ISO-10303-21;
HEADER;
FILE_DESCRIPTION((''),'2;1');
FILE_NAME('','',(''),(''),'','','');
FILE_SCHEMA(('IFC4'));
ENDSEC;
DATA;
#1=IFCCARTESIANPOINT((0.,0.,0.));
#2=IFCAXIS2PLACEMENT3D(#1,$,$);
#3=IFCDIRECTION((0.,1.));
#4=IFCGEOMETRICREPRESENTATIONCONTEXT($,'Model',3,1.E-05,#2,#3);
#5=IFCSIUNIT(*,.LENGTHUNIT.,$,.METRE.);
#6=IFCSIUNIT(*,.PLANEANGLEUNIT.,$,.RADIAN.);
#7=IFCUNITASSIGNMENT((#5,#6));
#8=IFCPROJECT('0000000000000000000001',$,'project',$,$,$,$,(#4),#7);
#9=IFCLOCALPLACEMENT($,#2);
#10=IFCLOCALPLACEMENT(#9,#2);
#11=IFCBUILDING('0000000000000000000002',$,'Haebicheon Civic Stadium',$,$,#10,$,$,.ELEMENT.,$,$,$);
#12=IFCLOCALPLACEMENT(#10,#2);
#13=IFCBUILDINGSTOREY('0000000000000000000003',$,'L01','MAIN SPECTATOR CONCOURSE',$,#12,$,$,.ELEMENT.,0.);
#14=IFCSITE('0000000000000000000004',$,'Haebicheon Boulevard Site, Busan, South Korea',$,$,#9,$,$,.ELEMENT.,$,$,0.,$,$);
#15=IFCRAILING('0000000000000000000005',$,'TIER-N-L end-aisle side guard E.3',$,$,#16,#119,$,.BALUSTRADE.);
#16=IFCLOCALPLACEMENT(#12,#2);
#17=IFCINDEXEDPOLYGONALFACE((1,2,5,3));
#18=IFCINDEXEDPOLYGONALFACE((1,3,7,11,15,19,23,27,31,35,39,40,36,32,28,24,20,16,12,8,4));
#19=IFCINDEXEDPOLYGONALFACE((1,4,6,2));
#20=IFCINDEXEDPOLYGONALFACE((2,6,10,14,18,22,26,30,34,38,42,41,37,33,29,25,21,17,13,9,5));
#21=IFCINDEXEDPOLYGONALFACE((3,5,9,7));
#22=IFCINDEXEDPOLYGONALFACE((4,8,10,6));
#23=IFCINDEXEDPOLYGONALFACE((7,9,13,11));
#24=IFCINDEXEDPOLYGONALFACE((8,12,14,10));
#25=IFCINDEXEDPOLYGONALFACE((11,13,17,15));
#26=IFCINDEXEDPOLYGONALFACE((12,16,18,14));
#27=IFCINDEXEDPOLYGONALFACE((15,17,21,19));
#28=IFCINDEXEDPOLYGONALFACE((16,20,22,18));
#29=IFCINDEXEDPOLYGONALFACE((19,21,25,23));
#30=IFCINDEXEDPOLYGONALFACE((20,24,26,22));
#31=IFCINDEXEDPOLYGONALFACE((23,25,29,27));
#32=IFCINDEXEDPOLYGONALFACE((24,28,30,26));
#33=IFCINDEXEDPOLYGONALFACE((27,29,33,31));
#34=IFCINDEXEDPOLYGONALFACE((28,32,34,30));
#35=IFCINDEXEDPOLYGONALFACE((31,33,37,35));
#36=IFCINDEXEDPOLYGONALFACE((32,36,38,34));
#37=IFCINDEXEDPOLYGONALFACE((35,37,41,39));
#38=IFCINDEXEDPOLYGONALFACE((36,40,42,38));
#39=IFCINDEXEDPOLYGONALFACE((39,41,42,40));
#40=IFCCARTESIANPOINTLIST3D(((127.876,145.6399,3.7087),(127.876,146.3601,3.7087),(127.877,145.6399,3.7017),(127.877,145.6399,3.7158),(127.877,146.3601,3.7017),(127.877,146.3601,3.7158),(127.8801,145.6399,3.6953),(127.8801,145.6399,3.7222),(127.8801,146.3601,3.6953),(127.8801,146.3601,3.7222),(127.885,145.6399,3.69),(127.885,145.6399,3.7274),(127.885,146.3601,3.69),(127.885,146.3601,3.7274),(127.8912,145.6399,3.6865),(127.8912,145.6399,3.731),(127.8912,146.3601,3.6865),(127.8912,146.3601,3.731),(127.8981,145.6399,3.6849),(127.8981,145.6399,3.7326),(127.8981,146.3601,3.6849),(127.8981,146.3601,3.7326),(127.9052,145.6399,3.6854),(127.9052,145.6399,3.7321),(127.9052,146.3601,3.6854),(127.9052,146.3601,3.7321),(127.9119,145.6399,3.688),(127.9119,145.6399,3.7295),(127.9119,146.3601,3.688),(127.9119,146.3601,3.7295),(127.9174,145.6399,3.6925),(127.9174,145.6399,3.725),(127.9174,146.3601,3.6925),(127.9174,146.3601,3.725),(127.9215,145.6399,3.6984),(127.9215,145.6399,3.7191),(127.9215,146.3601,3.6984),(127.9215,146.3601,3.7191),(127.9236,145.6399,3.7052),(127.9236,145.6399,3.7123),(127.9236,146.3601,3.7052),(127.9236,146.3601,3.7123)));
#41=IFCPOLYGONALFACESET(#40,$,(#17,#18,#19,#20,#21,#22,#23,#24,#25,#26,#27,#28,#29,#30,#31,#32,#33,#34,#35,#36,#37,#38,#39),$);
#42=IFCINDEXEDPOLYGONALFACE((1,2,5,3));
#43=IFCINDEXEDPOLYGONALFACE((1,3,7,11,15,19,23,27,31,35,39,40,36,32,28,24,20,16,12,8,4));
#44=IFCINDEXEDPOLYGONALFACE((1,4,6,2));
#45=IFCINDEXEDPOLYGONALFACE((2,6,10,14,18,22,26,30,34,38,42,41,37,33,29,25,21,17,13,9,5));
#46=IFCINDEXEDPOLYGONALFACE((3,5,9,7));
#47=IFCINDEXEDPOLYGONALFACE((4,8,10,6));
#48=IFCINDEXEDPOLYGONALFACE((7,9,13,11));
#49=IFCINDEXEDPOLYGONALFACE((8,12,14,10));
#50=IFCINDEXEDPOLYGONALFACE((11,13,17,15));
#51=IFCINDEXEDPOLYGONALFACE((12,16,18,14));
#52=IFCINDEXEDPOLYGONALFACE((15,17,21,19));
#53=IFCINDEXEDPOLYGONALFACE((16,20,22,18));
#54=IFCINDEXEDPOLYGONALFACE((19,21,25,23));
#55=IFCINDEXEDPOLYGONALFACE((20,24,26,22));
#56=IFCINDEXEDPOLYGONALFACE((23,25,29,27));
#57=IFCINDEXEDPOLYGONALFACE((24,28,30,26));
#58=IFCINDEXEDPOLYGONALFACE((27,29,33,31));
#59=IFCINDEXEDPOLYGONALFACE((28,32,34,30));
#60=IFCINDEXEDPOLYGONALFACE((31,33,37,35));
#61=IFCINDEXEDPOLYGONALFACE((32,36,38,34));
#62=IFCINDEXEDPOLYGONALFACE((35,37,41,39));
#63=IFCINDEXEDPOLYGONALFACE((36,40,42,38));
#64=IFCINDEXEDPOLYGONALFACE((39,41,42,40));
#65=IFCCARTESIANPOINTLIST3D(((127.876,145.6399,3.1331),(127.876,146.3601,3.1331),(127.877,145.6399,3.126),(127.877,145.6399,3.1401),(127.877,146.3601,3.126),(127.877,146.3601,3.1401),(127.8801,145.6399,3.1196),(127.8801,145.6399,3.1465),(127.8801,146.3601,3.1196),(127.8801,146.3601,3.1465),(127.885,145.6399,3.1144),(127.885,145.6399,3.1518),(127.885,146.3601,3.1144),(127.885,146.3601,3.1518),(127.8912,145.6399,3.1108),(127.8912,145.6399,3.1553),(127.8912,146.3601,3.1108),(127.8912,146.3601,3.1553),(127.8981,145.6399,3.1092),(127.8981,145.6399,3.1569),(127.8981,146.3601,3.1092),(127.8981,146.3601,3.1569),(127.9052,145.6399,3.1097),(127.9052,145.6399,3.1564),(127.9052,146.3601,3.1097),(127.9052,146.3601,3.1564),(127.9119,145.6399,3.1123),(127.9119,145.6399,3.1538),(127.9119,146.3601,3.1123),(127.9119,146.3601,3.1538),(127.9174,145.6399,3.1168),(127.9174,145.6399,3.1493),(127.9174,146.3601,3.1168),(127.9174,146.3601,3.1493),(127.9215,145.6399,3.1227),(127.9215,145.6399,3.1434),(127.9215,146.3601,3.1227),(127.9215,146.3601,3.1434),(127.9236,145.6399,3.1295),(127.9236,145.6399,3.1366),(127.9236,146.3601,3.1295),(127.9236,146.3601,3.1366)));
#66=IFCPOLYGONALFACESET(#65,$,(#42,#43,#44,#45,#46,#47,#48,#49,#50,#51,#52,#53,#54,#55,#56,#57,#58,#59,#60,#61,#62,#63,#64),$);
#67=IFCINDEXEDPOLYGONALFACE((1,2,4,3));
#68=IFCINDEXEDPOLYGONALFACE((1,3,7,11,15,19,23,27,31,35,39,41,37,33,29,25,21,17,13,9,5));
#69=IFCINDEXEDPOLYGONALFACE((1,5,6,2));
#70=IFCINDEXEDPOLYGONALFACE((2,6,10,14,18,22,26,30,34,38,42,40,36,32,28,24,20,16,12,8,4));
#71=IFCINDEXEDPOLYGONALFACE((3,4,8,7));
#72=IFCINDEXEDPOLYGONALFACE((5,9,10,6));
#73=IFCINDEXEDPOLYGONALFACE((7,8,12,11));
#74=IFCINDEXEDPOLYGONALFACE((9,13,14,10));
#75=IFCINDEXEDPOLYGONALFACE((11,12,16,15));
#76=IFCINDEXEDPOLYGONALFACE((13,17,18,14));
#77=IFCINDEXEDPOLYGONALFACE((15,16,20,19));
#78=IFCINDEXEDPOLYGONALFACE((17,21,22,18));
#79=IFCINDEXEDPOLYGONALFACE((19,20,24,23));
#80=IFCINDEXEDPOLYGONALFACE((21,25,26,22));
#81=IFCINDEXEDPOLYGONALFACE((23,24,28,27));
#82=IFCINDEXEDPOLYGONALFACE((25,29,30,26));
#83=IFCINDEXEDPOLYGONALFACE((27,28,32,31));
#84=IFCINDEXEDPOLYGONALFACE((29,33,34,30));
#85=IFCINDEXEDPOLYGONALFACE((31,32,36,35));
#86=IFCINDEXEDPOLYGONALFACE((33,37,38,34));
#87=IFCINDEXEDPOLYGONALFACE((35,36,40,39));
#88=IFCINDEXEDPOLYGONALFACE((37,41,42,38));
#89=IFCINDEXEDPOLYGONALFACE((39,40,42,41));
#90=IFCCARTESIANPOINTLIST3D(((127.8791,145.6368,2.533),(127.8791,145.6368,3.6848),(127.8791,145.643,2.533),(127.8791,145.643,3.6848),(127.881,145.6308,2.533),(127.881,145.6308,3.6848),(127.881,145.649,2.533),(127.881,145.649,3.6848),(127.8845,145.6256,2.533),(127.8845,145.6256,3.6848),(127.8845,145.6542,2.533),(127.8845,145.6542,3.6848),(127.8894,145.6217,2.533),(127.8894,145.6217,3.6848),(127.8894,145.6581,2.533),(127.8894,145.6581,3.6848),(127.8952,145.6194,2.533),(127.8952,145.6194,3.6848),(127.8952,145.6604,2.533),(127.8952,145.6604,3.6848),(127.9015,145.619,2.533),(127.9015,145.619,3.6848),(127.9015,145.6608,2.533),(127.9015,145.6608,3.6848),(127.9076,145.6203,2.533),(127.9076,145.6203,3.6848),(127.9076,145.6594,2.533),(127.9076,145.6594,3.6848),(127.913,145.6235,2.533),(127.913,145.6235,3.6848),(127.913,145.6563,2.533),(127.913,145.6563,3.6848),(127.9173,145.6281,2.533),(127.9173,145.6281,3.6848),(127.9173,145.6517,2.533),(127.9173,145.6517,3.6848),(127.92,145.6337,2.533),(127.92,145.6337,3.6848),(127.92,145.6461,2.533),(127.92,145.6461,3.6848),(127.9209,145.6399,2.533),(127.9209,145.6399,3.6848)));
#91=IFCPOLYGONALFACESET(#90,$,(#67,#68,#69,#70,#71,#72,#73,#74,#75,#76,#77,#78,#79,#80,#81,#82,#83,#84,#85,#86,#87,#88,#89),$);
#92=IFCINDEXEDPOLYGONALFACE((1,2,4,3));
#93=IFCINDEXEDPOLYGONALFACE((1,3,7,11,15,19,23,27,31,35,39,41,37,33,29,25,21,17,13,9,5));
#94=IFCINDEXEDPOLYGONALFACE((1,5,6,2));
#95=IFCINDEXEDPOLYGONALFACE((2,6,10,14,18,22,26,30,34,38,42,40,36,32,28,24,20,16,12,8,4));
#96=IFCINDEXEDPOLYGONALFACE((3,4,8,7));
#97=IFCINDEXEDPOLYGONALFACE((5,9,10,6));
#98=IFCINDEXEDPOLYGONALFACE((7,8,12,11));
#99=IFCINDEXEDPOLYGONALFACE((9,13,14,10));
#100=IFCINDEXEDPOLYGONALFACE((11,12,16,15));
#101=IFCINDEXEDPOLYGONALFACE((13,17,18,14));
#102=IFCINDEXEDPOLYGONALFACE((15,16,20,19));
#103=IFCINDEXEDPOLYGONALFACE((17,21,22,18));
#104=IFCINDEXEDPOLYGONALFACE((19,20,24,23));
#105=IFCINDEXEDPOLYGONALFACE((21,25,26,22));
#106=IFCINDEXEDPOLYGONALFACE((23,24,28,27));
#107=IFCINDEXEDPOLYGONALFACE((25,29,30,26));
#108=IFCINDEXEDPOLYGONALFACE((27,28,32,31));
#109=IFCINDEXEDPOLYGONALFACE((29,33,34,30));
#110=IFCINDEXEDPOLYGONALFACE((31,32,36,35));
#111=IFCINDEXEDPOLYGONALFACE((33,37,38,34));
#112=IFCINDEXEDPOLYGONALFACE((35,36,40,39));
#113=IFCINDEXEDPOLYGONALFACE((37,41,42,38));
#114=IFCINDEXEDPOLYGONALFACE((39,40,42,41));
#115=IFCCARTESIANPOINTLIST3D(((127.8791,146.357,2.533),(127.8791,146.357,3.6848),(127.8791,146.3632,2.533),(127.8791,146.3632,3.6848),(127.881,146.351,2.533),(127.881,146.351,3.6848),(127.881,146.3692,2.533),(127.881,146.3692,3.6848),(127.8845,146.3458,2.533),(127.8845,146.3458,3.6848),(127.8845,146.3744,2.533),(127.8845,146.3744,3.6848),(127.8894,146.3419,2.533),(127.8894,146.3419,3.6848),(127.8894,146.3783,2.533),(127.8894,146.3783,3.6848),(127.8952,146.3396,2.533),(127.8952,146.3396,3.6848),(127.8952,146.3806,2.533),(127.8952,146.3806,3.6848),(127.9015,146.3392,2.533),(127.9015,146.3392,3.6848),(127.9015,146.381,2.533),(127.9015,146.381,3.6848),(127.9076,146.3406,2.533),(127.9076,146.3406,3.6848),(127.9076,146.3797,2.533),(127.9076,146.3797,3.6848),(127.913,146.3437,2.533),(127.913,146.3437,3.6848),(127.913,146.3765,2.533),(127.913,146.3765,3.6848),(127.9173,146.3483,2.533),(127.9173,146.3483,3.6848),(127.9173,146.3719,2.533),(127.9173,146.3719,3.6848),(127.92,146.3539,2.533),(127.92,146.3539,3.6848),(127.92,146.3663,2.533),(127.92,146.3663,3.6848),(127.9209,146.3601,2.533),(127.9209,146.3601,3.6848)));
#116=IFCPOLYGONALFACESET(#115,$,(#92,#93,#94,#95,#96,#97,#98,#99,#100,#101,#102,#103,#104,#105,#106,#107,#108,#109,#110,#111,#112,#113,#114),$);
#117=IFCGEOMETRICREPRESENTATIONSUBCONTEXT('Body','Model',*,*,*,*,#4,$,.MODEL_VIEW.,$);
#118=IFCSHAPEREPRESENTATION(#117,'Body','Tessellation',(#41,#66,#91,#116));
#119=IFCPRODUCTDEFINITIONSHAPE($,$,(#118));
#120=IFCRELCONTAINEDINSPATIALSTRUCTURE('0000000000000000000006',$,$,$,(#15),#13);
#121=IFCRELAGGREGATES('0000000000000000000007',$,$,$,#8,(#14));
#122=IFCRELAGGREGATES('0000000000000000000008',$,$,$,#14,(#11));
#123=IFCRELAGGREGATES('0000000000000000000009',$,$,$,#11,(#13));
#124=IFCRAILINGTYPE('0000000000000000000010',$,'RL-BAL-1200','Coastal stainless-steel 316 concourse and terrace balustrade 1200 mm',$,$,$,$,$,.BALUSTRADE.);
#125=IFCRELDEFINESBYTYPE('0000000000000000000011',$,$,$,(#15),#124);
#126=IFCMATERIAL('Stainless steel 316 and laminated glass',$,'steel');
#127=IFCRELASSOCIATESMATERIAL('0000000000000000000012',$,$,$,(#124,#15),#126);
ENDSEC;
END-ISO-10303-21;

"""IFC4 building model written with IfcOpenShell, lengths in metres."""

from ifc_helpers import new_model, si_unit, direction, frame, origin, origin_2d, place, context, subcontext, project, spatial, circle, extrude, material, type_object, element, save


model = new_model("IFC4")

# Units and contexts
model_context = context("Model", 3, precision=1e-05, world=origin(), true_north=direction((0.0, 1.0)))
body_context = subcontext(model_context, "Body", "Model", "MODEL_VIEW")
ifc_project = project(units=[si_unit("LENGTHUNIT", "METRE"), si_unit("PLANEANGLEUNIT", "RADIAN")], contexts=[model_context])

# Site, building, storey
site_placement = place(None, origin())
site = spatial("IfcSite", under=ifc_project, at=site_placement, Name="Haebicheon Boulevard Site, Busan, South Korea", CompositionType="ELEMENT", RefElevation=0.0)
building_placement = place(site_placement, origin())
building = spatial("IfcBuilding", under=site, at=building_placement, Name="Haebicheon Civic Stadium", CompositionType="ELEMENT")
storey_placement = place(building_placement, origin())
storey = spatial("IfcBuildingStorey", under=building, at=storey_placement, Name="L01", Description="MAIN SPECTATOR CONCOURSE", CompositionType="ELEMENT", Elevation=0.0)

# Railing
ifc_material_1 = material(Name="Stainless steel 316 and laminated glass", Category="steel")
railing_type = type_object("IfcRailingType", Name="RL-BAL-1200", Description="Coastal stainless-steel 316 concourse and terrace balustrade 1200 mm", PredefinedType="BALUSTRADE", material=ifc_material_1)
railing_1_placement = place(storey_placement, frame((127.8999, 145.6399, 2.533)))
element("IfcRailing", 1, at=railing_1_placement, inside=storey, type_object=railing_type, material=ifc_material_1, Name="TIER-N-L end-aisle side guard E.3", PredefinedType="BALUSTRADE", context=body_context, shape_type="SweptSolid", body=[
    extrude(circle(Radius=0.0239, at=origin_2d()), frame((0.0, 0.0, 1.1758), z_axis=(0.0, 1.0, 0.0), x_axis=(-1.0, 0.0, 0.0)), (0.0, 0.0, 1.0), 0.7202),
    extrude(circle(Radius=0.0239, at=origin_2d()), frame((0.0, 0.0, 0.6001), z_axis=(0.0, 1.0, 0.0), x_axis=(-1.0, 0.0, 0.0)), (0.0, 0.0, 1.0), 0.7202),
    extrude(circle(Radius=0.021, at=origin_2d()), origin(), (0.0, 0.0, 1.0), 1.1519),
    extrude(circle(Radius=0.021, at=origin_2d()), frame((0.0, 0.7202, 0.0)), (0.0, 0.0, 1.0), 1.1519),
])

save(model, "model.ifc")
